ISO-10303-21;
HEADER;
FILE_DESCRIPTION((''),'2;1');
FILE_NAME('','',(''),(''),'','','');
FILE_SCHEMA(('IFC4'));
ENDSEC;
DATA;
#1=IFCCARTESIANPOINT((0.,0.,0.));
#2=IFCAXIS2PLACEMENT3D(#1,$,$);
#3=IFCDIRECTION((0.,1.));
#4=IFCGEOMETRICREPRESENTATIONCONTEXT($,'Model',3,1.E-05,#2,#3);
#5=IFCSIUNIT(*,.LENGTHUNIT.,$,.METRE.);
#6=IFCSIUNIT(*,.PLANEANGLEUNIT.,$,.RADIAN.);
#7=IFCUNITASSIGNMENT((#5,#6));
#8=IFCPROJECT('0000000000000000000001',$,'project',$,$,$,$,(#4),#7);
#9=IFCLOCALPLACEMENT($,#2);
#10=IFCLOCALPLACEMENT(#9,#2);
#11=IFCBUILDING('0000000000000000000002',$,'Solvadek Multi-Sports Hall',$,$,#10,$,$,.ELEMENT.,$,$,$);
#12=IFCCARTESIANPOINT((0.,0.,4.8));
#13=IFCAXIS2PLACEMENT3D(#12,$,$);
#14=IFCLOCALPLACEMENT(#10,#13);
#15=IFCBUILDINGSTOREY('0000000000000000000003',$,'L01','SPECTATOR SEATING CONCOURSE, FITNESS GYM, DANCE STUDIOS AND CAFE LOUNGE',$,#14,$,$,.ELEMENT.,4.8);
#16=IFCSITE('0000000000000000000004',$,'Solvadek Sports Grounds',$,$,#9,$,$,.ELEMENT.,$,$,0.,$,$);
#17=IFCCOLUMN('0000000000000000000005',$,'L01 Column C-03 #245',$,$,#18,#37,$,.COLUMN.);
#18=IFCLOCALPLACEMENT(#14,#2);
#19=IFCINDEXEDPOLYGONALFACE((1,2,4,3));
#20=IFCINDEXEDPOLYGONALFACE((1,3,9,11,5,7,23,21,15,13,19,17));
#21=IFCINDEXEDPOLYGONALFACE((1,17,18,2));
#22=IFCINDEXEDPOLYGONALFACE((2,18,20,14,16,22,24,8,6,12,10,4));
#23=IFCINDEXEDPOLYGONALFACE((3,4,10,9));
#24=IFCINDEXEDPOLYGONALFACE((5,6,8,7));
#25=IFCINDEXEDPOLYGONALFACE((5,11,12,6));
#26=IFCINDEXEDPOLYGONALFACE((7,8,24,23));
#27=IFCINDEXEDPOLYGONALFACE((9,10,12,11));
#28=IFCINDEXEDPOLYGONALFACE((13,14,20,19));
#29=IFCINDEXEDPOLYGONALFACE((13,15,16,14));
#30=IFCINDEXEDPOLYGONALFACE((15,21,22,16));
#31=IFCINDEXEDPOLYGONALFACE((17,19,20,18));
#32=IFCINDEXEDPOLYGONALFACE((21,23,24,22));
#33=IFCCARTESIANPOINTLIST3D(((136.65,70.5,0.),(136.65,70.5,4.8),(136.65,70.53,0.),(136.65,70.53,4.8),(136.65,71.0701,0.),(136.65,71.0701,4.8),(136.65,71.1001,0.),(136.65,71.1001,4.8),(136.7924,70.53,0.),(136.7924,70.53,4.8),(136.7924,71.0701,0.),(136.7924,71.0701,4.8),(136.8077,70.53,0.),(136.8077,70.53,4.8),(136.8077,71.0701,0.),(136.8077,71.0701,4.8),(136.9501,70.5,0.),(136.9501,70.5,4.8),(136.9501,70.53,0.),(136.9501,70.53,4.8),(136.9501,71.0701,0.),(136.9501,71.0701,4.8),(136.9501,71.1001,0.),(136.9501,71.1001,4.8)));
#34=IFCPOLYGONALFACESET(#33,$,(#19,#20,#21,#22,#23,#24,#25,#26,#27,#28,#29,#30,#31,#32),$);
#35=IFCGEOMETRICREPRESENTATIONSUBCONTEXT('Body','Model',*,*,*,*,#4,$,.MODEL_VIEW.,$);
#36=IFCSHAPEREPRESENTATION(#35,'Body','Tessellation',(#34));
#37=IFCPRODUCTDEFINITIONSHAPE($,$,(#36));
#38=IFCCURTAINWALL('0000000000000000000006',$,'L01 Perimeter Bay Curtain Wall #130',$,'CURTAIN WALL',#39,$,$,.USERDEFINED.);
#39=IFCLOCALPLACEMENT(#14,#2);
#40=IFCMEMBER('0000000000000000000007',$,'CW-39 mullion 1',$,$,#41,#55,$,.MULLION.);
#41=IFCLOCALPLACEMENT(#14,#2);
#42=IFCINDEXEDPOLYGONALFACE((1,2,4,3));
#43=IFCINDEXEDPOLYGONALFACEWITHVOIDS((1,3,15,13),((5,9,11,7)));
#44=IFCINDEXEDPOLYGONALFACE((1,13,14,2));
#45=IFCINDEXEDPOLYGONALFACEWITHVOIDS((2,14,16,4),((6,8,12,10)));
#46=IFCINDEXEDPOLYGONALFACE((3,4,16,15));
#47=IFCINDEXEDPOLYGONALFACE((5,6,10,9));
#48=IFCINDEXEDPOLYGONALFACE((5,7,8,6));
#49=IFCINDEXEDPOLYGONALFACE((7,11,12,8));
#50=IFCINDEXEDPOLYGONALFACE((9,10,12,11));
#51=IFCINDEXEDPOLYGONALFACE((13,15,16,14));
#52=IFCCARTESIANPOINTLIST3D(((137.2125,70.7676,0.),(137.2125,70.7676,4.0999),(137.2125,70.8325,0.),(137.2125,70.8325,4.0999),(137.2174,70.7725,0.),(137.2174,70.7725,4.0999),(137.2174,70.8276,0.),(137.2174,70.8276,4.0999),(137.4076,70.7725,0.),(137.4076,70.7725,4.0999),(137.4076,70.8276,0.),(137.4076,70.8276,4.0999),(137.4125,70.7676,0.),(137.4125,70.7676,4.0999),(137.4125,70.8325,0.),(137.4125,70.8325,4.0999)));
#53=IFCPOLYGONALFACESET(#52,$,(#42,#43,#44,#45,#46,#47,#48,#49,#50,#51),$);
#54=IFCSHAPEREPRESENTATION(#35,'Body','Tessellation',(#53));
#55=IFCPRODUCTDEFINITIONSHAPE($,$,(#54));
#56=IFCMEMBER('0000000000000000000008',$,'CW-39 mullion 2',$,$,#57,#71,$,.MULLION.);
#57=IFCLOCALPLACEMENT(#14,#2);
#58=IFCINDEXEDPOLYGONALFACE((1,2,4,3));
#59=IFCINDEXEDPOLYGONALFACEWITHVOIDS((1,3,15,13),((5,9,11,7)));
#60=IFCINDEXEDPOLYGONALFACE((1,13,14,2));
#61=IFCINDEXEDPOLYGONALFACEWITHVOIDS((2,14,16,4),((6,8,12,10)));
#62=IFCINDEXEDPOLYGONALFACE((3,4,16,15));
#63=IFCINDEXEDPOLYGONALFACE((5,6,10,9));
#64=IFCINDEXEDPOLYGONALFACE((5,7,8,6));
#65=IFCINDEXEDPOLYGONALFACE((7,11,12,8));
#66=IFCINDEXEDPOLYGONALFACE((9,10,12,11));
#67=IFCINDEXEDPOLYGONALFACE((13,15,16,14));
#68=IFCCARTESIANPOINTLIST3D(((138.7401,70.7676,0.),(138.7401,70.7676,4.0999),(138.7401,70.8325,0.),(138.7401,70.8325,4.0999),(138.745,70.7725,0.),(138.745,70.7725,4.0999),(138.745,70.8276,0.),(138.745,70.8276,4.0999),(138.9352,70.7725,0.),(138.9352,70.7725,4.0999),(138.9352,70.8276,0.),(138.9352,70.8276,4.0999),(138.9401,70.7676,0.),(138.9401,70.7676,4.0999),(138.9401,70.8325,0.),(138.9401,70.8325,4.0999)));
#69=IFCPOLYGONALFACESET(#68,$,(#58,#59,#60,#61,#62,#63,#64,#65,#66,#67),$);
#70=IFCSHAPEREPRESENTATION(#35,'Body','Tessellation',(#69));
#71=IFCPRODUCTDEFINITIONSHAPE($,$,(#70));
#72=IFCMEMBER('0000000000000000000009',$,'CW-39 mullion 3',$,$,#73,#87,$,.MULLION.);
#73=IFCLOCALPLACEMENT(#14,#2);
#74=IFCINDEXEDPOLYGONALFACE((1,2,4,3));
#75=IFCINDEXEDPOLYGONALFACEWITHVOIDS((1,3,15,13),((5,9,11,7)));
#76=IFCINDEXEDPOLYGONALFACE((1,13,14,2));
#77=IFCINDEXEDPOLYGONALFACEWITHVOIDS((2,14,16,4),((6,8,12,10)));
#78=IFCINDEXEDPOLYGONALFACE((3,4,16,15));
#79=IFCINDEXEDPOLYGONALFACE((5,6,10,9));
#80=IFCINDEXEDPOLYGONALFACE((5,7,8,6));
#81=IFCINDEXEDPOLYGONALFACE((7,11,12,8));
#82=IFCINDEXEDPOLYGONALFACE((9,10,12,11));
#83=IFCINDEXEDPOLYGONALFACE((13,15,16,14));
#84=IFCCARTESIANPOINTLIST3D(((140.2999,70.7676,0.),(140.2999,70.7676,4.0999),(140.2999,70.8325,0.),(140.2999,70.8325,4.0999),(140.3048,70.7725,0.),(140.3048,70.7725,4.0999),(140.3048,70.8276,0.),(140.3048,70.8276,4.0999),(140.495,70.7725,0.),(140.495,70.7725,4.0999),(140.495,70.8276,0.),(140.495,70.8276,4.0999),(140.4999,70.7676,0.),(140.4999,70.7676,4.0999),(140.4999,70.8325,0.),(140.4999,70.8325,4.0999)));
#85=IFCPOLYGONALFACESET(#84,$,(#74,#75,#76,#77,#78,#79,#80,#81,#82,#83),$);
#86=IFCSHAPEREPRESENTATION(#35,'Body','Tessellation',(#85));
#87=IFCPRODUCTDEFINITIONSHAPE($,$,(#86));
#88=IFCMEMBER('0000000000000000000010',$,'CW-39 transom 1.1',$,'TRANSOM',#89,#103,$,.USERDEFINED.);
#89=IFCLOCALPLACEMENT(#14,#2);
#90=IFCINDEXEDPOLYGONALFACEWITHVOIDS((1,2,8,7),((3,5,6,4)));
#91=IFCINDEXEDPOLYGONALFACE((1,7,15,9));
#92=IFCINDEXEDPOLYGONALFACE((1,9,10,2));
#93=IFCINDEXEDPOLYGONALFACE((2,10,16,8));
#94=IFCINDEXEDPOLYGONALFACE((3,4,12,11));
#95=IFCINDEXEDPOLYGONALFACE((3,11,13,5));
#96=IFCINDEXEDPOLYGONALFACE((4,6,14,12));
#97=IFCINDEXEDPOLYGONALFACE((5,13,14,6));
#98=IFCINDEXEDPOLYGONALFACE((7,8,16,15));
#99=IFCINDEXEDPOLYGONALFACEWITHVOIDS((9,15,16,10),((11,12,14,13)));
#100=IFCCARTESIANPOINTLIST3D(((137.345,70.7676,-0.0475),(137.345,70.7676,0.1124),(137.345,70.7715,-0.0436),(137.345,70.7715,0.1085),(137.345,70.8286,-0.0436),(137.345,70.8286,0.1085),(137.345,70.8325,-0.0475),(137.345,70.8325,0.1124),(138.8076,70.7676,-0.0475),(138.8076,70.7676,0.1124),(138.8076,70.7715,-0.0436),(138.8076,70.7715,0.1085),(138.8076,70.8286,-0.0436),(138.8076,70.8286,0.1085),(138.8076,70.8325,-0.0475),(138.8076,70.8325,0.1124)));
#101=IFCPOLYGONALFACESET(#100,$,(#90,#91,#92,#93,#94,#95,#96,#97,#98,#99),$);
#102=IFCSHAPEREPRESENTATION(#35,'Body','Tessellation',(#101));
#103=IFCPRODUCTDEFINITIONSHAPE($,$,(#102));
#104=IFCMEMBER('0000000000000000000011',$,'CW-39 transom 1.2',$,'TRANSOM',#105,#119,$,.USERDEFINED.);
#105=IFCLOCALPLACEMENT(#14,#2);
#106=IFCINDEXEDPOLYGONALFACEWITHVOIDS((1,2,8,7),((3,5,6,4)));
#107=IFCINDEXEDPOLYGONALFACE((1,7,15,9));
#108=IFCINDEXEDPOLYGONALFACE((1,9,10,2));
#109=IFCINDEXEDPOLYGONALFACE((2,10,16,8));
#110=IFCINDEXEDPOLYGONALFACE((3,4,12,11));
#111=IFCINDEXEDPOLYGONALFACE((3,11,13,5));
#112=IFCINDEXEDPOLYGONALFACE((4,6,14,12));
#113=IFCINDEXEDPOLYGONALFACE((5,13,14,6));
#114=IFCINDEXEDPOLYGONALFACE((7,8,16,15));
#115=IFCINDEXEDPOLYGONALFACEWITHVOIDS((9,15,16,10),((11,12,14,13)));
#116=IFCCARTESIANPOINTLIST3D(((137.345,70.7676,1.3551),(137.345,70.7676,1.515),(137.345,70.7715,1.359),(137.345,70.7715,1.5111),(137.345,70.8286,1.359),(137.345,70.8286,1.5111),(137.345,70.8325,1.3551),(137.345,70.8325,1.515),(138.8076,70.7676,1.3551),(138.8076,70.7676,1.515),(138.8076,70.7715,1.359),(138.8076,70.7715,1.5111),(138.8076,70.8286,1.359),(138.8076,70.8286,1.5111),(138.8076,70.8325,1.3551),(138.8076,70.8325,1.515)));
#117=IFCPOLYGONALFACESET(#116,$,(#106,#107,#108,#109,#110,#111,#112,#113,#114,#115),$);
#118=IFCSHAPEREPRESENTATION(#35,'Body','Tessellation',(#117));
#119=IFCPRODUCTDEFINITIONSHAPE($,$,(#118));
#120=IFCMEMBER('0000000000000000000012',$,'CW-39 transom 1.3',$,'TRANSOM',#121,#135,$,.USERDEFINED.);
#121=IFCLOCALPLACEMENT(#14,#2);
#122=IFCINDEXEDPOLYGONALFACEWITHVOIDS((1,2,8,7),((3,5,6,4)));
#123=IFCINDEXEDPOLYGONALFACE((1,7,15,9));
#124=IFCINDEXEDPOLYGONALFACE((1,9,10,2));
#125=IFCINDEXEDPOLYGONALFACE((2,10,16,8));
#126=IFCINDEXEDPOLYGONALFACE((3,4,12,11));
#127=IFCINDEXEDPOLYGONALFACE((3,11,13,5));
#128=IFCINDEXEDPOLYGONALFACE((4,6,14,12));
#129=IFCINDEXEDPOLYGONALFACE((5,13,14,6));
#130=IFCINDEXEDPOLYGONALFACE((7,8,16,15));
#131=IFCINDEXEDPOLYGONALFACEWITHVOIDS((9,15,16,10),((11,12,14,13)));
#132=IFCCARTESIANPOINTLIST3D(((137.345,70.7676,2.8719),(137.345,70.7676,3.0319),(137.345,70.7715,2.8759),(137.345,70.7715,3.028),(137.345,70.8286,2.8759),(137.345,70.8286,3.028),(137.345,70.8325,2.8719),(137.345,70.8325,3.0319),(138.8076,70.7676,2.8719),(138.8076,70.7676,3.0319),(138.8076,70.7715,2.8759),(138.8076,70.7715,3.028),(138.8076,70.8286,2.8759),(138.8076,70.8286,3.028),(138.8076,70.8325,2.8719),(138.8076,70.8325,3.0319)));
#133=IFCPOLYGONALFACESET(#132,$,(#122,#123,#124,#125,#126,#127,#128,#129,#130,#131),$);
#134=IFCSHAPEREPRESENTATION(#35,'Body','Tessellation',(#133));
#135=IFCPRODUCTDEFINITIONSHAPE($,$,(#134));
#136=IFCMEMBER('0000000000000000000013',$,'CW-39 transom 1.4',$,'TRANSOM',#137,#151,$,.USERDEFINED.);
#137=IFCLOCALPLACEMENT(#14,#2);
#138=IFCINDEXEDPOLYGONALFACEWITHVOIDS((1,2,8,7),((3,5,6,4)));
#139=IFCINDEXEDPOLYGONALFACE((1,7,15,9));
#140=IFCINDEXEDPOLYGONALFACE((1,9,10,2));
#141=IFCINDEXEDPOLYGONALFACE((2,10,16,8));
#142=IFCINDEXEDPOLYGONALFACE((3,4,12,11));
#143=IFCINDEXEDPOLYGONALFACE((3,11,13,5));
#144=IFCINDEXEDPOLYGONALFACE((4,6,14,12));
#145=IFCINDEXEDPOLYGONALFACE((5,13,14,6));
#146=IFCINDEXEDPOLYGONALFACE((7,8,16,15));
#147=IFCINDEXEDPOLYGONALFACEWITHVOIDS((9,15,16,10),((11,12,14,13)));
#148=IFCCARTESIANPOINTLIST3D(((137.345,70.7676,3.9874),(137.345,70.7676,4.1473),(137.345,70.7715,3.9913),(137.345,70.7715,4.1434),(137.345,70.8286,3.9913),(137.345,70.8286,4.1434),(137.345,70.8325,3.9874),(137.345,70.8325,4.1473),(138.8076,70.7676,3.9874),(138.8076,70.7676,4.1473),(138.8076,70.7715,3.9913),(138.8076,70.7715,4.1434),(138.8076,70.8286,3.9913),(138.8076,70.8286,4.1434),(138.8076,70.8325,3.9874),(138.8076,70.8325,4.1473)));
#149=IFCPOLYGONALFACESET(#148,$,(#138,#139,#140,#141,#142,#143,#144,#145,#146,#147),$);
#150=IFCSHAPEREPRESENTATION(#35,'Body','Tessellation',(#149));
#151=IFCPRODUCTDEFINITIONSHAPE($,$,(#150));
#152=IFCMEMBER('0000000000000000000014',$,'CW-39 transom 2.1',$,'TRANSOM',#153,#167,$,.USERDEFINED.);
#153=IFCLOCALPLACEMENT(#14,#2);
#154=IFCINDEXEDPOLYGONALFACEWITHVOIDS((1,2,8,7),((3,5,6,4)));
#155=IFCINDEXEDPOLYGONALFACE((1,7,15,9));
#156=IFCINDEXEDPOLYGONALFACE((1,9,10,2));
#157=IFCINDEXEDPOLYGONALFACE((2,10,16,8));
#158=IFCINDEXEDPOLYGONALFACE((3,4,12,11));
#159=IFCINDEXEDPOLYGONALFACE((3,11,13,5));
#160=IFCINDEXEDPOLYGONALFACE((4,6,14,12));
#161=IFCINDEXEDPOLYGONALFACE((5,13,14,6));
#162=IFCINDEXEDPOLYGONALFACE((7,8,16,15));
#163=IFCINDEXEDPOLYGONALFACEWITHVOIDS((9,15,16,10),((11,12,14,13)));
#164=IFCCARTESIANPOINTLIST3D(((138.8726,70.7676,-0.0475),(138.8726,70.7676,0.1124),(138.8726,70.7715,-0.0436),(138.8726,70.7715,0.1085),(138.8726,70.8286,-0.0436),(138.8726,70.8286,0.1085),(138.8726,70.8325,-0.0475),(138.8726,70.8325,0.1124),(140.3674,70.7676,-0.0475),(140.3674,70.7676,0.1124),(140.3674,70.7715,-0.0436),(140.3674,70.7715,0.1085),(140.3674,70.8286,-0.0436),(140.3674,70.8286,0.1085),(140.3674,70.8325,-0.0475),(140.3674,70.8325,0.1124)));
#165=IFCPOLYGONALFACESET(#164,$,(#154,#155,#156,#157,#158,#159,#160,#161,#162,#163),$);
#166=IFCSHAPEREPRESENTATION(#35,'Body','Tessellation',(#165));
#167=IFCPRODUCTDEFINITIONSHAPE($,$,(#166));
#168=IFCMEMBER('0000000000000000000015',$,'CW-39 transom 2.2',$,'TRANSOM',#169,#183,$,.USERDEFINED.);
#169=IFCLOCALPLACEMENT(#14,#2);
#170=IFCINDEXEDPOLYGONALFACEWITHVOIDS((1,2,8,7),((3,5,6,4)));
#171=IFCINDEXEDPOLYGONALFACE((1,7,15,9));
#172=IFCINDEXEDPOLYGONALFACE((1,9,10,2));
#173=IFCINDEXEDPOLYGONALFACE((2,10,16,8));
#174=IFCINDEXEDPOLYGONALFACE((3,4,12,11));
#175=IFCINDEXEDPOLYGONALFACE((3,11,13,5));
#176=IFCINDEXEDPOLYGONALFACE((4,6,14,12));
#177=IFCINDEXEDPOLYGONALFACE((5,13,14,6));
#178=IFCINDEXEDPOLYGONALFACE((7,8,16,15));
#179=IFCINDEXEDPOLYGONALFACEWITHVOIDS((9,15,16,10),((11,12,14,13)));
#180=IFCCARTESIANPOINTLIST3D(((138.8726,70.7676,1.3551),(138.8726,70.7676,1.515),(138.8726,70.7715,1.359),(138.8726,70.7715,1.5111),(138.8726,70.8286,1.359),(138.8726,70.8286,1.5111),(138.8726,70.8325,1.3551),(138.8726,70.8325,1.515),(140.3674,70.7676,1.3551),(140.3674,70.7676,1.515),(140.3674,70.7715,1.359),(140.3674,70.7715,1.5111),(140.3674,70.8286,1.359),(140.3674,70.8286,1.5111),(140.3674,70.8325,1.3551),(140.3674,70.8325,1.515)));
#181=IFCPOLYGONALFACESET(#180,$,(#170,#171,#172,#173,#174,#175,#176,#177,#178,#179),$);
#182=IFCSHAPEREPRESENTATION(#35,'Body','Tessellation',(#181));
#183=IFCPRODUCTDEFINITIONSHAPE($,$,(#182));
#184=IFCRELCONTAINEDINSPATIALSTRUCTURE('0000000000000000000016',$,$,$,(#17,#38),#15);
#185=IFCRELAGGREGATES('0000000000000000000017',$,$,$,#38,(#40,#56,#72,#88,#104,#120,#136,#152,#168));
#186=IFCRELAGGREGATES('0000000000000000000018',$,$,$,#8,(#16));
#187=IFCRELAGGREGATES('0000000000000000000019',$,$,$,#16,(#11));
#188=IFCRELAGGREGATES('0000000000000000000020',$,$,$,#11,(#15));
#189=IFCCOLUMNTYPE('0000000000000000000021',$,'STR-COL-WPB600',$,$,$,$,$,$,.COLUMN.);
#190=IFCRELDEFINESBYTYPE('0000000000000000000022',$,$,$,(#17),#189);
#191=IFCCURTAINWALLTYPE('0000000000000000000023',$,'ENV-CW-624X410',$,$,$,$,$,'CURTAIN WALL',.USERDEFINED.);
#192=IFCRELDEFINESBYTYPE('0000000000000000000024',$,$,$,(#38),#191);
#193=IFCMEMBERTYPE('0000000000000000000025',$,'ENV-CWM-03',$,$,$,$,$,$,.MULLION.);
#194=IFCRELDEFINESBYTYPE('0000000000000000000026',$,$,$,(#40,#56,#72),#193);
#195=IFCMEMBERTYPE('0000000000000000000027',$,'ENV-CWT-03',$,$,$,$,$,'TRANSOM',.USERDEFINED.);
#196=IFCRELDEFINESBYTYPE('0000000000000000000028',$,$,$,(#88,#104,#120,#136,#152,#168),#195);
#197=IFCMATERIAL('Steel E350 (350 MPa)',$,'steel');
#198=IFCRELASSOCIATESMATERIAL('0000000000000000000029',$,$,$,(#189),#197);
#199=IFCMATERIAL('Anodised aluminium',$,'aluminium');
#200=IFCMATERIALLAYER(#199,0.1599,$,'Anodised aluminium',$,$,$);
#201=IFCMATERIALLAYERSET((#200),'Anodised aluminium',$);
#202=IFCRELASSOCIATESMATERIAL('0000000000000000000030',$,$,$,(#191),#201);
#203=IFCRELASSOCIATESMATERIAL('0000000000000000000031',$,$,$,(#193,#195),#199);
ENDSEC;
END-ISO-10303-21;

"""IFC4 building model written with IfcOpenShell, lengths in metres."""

from ifc_helpers import new_model, si_unit, direction, frame, origin, origin_2d, place, context, subcontext, project, spatial, hollow_rectangle, i_section, extrude, material, layer, layer_set, material_profile, profile_set, type_object, element, aggregate, save


model = new_model("IFC4")

# Units and contexts
model_context = context("Model", 3, precision=1e-05, world=origin(), true_north=direction((0.0, 1.0)))
body_context = subcontext(model_context, "Body", "Model", "MODEL_VIEW")
ifc_project = project(units=[si_unit("LENGTHUNIT", "METRE"), si_unit("PLANEANGLEUNIT", "RADIAN")], contexts=[model_context])

# Site, building, storey
site_placement = place(None, origin())
site = spatial("IfcSite", under=ifc_project, at=site_placement, Name="Solvadek Sports Grounds", CompositionType="ELEMENT", RefElevation=0.0)
building_placement = place(site_placement, origin())
building = spatial("IfcBuilding", under=site, at=building_placement, Name="Solvadek Multi-Sports Hall", CompositionType="ELEMENT")
storey_placement = place(building_placement, frame((0.0, 0.0, 4.8)))
storey = spatial("IfcBuildingStorey", under=building, at=storey_placement, Name="L01", Description="SPECTATOR SEATING CONCOURSE, FITNESS GYM, DANCE STUDIOS AND CAFE LOUNGE", CompositionType="ELEMENT", Elevation=4.8)

# Column
ifc_material_1 = material(Name="Steel E350 (350 MPa)", Category="steel")
ifc_material_profile_1 = material_profile(ifc_material_1, i_section(OverallWidth=0.3, OverallDepth=0.6001, WebThickness=0.0154, FlangeThickness=0.03, at=origin_2d()), Name="WPB 600")
ifc_profile_set_1 = profile_set([ifc_material_profile_1], Name="Steel E350 (350 MPa)")
column_type = type_object("IfcColumnType", Name="STR-COL-WPB600", PredefinedType="COLUMN", material=ifc_profile_set_1)
column_placement = place(storey_placement, frame((136.8, 70.8, 0.0), z_axis=(0.0, 0.0, 1.0), x_axis=(1.0, 0.0, 0.0)))
element("IfcColumn", 1, at=column_placement, inside=storey, type_object=column_type, Name="L01 Column C-03 #245", PredefinedType="COLUMN", context=body_context, shape_type="SweptSolid", body=[
    extrude(i_section(OverallWidth=0.3, OverallDepth=0.6001, WebThickness=0.0154, FlangeThickness=0.03, at=origin_2d()), origin(), (0.0, 0.0, 1.0), 4.8),
])

# Curtain wall, members
ifc_material_2 = material(Name="Anodised aluminium", Category="aluminium")
ifc_layer_1 = layer(ifc_material_2, 0.1599, Name="Anodised aluminium")
ifc_layer_set_1 = layer_set([ifc_layer_1], Name="Anodised aluminium")
curtain_wall_type = type_object("IfcCurtainWallType", Name="ENV-CW-624X410", ElementType="CURTAIN WALL", PredefinedType="USERDEFINED", material=ifc_layer_set_1)
curtain_wall_placement = place(storey_placement, origin())
curtain_wall = element("IfcCurtainWall", 2, at=curtain_wall_placement, inside=storey, type_object=curtain_wall_type, Name="L01 Perimeter Bay Curtain Wall #130", ObjectType="CURTAIN WALL", PredefinedType="USERDEFINED")
ifc_material_profile_2 = material_profile(ifc_material_2, hollow_rectangle(XDim=0.0649, YDim=0.2, WallThickness=0.0049, at=origin_2d()), Name="ALU-M 200x65x5")
ifc_profile_set_2 = profile_set([ifc_material_profile_2], Name="Anodised aluminium")
member_type_1 = type_object("IfcMemberType", Name="ENV-CWM-03", PredefinedType="MULLION", material=ifc_profile_set_2)
member_1_placement = place(storey_placement, frame((137.3125, 70.8, 0.0), z_axis=(0.0, 0.0, 1.0), x_axis=(0.0, 1.0, 0.0)))
member_1 = element("IfcMember", 3, at=member_1_placement, type_object=member_type_1, Name="CW-39 mullion 1", PredefinedType="MULLION", context=body_context, shape_type="SweptSolid", body=[
    extrude(hollow_rectangle(XDim=0.0649, YDim=0.2, WallThickness=0.0049, at=origin_2d()), origin(), (0.0, 0.0, 1.0), 4.0999),
])
member_2_placement = place(storey_placement, frame((138.8401, 70.8, 0.0), z_axis=(0.0, 0.0, 1.0), x_axis=(0.0, 1.0, 0.0)))
member_2 = element("IfcMember", 4, at=member_2_placement, type_object=member_type_1, Name="CW-39 mullion 2", PredefinedType="MULLION", context=body_context, shape_type="SweptSolid", body=[
    extrude(hollow_rectangle(XDim=0.0649, YDim=0.2, WallThickness=0.0049, at=origin_2d()), origin(), (0.0, 0.0, 1.0), 4.0999),
])
member_3_placement = place(storey_placement, frame((140.3999, 70.8, 0.0), z_axis=(0.0, 0.0, 1.0), x_axis=(0.0, 1.0, 0.0)))
member_3 = element("IfcMember", 5, at=member_3_placement, type_object=member_type_1, Name="CW-39 mullion 3", PredefinedType="MULLION", context=body_context, shape_type="SweptSolid", body=[
    extrude(hollow_rectangle(XDim=0.0649, YDim=0.2, WallThickness=0.0049, at=origin_2d()), origin(), (0.0, 0.0, 1.0), 4.0999),
])
ifc_material_profile_3 = material_profile(ifc_material_2, hollow_rectangle(XDim=0.0649, YDim=0.1599, WallThickness=0.0039, at=origin_2d()), Name="ALU-T 160x65x4")
ifc_profile_set_3 = profile_set([ifc_material_profile_3], Name="Anodised aluminium")
member_type_2 = type_object("IfcMemberType", Name="ENV-CWT-03", ElementType="TRANSOM", PredefinedType="USERDEFINED", material=ifc_profile_set_3)
member_4_placement = place(storey_placement, frame((137.345, 70.8, 0.0325), z_axis=(1.0, 0.0, 0.0), x_axis=(0.0, 1.0, 0.0)))
member_4 = element("IfcMember", 6, at=member_4_placement, type_object=member_type_2, Name="CW-39 transom 1.1", ObjectType="TRANSOM", PredefinedType="USERDEFINED", context=body_context, shape_type="SweptSolid", body=[
    extrude(hollow_rectangle(XDim=0.0649, YDim=0.1599, WallThickness=0.0039, at=origin_2d()), origin(), (0.0, 0.0, 1.0), 1.4626),
])
member_5_placement = place(storey_placement, frame((137.345, 70.8, 1.4351), z_axis=(1.0, 0.0, 0.0), x_axis=(0.0, 1.0, 0.0)))
member_5 = element("IfcMember", 7, at=member_5_placement, type_object=member_type_2, Name="CW-39 transom 1.2", ObjectType="TRANSOM", PredefinedType="USERDEFINED", context=body_context, shape_type="SweptSolid", body=[
    extrude(hollow_rectangle(XDim=0.0649, YDim=0.1599, WallThickness=0.0039, at=origin_2d()), origin(), (0.0, 0.0, 1.0), 1.4626),
])
member_6_placement = place(storey_placement, frame((137.345, 70.8, 2.9519), z_axis=(1.0, 0.0, 0.0), x_axis=(0.0, 1.0, 0.0)))
member_6 = element("IfcMember", 8, at=member_6_placement, type_object=member_type_2, Name="CW-39 transom 1.3", ObjectType="TRANSOM", PredefinedType="USERDEFINED", context=body_context, shape_type="SweptSolid", body=[
    extrude(hollow_rectangle(XDim=0.0649, YDim=0.1599, WallThickness=0.0039, at=origin_2d()), origin(), (0.0, 0.0, 1.0), 1.4626),
])
member_7_placement = place(storey_placement, frame((137.345, 70.8, 4.0674), z_axis=(1.0, 0.0, 0.0), x_axis=(0.0, 1.0, 0.0)))
member_7 = element("IfcMember", 9, at=member_7_placement, type_object=member_type_2, Name="CW-39 transom 1.4", ObjectType="TRANSOM", PredefinedType="USERDEFINED", context=body_context, shape_type="SweptSolid", body=[
    extrude(hollow_rectangle(XDim=0.0649, YDim=0.1599, WallThickness=0.0039, at=origin_2d()), origin(), (0.0, 0.0, 1.0), 1.4626),
])
member_8_placement = place(storey_placement, frame((138.8726, 70.8, 0.0325), z_axis=(1.0, 0.0, 0.0), x_axis=(0.0, 1.0, 0.0)))
member_8 = element("IfcMember", 10, at=member_8_placement, type_object=member_type_2, Name="CW-39 transom 2.1", ObjectType="TRANSOM", PredefinedType="USERDEFINED", context=body_context, shape_type="SweptSolid", body=[
    extrude(hollow_rectangle(XDim=0.0649, YDim=0.1599, WallThickness=0.0039, at=origin_2d()), origin(), (0.0, 0.0, 1.0), 1.4949),
])
member_9_placement = place(storey_placement, frame((138.8726, 70.8, 1.4351), z_axis=(1.0, 0.0, 0.0), x_axis=(0.0, 1.0, 0.0)))
member_9 = element("IfcMember", 11, at=member_9_placement, type_object=member_type_2, Name="CW-39 transom 2.2", ObjectType="TRANSOM", PredefinedType="USERDEFINED", context=body_context, shape_type="SweptSolid", body=[
    extrude(hollow_rectangle(XDim=0.0649, YDim=0.1599, WallThickness=0.0039, at=origin_2d()), origin(), (0.0, 0.0, 1.0), 1.4949),
])

aggregate(curtain_wall, [member_1, member_2, member_3, member_4, member_5, member_6, member_7, member_8, member_9])

save(model, "model.ifc")
